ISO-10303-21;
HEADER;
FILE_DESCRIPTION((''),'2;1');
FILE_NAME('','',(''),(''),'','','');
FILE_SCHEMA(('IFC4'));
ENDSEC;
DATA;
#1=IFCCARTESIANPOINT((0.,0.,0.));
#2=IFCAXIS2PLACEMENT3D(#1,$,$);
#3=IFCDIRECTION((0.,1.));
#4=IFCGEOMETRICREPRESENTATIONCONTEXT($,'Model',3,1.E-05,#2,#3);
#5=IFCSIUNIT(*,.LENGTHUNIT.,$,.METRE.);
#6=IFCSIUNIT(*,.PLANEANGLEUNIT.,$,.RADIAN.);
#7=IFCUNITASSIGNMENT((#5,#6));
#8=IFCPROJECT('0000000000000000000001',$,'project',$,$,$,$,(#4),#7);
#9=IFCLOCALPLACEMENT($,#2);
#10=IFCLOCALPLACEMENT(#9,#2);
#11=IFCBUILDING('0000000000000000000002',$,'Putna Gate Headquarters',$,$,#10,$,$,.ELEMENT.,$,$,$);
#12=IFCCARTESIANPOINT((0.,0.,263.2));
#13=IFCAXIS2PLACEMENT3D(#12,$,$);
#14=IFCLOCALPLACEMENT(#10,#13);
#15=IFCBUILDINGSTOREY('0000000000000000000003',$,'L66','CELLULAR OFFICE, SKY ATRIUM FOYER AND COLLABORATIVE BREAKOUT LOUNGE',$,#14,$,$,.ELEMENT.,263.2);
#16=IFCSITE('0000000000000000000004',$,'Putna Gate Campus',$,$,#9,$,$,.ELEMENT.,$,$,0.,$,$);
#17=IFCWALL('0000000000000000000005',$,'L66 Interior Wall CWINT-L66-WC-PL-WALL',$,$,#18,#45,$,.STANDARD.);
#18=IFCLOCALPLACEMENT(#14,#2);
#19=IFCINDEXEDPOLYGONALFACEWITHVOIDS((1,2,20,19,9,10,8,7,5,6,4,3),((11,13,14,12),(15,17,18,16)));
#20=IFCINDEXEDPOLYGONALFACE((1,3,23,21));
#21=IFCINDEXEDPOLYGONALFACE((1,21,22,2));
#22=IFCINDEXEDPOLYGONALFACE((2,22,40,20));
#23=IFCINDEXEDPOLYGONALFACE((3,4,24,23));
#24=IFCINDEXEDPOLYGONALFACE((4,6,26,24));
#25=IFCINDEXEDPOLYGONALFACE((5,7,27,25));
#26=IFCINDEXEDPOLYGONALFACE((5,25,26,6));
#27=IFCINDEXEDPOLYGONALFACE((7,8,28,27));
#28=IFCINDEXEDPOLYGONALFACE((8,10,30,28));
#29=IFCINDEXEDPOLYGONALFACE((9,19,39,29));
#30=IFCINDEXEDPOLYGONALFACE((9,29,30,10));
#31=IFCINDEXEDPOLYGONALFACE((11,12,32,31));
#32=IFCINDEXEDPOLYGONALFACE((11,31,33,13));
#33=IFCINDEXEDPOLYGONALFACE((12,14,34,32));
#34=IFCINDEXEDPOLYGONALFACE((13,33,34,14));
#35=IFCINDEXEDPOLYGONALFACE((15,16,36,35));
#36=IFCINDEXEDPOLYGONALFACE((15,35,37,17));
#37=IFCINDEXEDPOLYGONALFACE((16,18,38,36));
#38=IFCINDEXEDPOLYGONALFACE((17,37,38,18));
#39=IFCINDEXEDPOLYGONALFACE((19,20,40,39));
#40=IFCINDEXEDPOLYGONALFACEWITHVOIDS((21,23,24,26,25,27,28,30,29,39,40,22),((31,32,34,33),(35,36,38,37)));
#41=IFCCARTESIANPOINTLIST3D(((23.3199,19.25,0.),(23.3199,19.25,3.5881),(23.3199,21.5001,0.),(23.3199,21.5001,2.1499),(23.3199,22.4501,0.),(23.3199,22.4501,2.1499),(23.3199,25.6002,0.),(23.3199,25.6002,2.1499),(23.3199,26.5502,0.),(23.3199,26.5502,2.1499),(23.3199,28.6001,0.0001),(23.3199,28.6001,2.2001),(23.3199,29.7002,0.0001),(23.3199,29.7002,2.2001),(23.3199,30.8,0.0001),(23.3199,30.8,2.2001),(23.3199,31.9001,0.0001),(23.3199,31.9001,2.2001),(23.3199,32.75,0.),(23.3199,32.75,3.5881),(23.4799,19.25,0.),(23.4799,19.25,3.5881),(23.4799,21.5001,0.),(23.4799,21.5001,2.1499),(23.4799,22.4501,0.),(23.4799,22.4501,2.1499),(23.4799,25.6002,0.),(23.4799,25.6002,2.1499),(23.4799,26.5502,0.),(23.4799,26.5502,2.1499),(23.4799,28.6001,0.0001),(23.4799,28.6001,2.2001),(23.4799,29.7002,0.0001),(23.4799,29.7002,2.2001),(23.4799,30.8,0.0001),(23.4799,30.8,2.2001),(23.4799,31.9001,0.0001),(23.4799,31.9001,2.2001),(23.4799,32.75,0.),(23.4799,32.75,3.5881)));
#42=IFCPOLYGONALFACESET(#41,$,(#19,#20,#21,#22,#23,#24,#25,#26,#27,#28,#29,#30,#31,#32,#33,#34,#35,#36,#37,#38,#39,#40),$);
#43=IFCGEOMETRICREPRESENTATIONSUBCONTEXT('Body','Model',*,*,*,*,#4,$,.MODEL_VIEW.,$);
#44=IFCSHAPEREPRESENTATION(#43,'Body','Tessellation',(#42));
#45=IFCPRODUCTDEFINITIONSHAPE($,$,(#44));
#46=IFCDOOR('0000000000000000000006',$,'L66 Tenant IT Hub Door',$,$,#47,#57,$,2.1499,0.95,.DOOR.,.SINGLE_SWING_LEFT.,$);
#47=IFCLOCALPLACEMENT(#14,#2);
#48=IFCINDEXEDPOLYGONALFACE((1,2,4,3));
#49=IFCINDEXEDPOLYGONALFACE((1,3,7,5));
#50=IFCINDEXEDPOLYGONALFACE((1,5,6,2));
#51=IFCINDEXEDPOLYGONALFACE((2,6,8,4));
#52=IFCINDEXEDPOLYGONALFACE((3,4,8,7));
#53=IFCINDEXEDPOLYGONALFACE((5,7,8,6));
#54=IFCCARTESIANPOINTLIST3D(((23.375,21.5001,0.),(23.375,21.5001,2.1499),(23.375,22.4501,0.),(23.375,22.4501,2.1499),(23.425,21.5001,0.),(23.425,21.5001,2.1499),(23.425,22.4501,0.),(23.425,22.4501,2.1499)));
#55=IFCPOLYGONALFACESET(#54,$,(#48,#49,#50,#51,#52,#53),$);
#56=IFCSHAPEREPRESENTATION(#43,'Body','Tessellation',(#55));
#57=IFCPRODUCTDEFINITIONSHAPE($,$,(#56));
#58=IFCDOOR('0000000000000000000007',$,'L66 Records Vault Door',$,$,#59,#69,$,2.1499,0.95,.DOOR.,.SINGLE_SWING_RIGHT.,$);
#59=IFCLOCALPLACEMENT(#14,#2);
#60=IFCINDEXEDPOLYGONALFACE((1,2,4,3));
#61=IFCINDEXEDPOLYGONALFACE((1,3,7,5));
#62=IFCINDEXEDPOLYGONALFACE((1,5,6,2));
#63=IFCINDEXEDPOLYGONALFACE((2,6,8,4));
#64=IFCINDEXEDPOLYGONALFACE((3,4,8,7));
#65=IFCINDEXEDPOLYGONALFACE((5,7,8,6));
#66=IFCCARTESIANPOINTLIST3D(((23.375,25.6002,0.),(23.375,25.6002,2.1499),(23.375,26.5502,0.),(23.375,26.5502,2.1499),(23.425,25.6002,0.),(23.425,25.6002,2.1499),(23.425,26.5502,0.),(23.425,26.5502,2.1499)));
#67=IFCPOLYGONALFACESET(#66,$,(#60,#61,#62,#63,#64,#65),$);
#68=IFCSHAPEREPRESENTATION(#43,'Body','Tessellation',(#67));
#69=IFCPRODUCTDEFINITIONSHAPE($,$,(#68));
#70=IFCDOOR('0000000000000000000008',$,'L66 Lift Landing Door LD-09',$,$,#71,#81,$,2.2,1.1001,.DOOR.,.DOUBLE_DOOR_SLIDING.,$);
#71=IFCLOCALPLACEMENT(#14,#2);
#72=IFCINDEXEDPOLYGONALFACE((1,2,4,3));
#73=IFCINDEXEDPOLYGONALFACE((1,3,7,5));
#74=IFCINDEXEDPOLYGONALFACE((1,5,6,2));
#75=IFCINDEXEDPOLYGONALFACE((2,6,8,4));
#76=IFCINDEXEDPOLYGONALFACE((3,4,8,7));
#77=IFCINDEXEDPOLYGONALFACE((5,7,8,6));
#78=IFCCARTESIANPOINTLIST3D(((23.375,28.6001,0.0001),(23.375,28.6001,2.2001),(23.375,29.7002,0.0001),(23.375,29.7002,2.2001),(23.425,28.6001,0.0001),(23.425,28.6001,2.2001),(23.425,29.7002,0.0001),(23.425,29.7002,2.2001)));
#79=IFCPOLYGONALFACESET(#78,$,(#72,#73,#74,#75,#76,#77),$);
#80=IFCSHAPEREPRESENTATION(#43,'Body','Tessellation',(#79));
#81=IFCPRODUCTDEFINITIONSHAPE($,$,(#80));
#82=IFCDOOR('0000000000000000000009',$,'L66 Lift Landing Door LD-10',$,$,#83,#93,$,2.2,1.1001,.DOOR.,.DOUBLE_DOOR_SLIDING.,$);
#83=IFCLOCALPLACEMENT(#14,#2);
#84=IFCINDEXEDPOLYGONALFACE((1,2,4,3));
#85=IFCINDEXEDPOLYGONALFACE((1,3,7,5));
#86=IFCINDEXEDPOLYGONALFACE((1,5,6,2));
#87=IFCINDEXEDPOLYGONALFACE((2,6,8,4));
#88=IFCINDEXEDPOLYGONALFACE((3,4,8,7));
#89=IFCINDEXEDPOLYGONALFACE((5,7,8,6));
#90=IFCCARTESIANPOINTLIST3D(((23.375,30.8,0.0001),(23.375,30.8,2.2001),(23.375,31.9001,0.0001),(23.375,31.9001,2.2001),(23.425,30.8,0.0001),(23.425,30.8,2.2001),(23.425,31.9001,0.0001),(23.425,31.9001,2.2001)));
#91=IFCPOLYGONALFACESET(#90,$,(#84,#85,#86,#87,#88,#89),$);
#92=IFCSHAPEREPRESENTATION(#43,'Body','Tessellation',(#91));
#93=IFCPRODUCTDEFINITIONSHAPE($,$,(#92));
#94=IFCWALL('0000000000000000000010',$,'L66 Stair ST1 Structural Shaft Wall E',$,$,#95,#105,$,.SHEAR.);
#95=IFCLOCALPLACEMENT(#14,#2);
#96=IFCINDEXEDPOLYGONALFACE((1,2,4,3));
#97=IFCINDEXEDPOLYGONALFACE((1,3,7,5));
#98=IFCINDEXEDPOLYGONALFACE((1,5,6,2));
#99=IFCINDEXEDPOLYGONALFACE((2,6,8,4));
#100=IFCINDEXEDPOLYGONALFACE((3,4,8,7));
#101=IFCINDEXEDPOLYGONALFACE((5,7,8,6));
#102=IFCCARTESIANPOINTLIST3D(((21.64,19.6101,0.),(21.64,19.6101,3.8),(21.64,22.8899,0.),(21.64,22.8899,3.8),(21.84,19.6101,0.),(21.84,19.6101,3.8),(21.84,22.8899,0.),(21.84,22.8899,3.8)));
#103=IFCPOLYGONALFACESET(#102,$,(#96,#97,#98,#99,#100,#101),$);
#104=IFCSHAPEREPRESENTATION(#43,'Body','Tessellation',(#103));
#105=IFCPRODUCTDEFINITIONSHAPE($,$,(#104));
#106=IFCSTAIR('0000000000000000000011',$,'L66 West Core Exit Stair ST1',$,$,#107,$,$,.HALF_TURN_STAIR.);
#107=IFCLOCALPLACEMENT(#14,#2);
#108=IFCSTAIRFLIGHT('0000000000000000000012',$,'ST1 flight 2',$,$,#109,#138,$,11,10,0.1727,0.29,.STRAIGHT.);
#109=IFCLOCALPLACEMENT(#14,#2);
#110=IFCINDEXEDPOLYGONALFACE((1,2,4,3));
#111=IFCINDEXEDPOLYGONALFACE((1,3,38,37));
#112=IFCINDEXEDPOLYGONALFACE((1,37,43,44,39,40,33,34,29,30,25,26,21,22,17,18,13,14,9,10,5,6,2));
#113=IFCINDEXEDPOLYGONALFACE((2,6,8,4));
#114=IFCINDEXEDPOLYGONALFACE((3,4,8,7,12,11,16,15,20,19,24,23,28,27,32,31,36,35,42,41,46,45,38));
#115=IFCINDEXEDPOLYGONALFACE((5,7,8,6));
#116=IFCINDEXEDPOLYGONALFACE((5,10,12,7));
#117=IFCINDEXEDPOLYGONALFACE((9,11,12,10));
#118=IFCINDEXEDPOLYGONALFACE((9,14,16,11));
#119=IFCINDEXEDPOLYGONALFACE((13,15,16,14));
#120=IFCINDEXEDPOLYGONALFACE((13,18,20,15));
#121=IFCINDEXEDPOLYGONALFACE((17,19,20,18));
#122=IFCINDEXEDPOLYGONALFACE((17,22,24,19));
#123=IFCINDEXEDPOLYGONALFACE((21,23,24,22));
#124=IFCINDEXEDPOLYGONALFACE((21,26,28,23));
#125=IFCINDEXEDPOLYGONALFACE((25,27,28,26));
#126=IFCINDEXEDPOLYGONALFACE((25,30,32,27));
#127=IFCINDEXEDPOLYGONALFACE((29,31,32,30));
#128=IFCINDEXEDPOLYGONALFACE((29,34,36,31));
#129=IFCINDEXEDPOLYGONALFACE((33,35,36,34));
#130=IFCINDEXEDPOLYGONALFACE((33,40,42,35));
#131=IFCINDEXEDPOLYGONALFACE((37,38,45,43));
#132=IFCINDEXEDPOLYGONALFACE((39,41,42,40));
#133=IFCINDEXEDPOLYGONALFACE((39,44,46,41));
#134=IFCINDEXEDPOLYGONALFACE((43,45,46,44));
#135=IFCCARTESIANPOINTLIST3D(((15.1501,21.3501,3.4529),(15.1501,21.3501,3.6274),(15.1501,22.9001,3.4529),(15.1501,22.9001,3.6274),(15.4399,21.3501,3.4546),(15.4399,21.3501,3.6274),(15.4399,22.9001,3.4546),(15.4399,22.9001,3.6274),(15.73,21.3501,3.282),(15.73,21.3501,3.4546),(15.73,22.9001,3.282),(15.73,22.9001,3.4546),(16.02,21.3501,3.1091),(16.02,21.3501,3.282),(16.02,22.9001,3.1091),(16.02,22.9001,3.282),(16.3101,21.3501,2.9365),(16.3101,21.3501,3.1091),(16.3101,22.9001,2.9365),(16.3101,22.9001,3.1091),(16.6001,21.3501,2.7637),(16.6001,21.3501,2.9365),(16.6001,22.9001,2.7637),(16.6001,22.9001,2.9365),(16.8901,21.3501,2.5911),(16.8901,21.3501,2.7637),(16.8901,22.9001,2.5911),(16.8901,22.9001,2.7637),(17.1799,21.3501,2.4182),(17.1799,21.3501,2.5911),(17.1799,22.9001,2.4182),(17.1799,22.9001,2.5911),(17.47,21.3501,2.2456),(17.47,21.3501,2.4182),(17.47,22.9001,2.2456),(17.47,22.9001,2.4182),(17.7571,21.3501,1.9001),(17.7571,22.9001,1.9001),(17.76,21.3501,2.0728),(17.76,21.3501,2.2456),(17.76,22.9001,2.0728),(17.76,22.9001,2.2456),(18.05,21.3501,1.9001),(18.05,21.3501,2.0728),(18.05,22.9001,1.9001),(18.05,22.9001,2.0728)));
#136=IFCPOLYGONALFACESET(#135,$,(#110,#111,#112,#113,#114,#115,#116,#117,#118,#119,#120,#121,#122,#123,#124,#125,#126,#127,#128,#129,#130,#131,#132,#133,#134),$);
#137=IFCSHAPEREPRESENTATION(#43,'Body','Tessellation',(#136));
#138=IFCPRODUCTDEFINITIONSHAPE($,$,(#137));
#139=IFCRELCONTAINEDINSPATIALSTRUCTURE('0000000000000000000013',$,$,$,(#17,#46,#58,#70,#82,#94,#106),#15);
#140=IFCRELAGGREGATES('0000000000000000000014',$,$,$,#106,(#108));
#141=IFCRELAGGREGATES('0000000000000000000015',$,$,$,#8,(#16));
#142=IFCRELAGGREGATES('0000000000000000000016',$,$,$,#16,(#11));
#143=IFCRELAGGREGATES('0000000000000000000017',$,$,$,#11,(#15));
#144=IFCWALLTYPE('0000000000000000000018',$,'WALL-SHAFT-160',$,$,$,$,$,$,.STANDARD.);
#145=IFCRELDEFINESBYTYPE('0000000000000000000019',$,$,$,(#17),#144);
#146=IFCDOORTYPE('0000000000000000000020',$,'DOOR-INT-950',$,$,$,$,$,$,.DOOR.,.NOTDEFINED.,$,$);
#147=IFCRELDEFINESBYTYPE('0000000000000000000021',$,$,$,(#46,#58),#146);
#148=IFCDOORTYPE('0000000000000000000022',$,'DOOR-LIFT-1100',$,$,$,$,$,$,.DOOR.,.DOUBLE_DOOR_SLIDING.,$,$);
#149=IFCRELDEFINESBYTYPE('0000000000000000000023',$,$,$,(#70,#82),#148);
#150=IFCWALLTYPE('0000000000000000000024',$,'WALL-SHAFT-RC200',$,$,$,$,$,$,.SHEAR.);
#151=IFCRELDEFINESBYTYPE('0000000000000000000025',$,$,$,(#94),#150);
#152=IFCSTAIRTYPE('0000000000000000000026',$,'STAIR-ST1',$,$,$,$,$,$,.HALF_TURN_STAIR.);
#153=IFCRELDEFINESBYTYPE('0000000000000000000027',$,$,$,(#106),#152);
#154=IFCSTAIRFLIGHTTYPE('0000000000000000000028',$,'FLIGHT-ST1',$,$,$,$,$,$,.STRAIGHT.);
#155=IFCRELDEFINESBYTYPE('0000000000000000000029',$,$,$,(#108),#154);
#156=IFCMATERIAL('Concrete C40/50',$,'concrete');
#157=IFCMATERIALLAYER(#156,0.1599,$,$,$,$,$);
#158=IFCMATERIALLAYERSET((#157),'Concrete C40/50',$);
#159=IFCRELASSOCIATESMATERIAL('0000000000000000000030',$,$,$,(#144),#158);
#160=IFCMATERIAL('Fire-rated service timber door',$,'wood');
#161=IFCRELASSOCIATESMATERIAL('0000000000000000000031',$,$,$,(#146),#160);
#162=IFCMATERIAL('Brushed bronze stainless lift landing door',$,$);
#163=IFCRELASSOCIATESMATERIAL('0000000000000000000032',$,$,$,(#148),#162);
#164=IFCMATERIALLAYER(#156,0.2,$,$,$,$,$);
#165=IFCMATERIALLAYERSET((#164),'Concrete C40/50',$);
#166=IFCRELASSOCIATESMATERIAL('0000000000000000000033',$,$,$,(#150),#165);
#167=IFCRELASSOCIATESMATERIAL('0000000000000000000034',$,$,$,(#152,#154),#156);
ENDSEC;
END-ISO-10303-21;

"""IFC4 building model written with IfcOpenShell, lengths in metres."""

from ifc_helpers import new_model, si_unit, direction, frame, frame_2d, origin, place, context, subcontext, project, spatial, polyline, rectangle, outline, extrude, material, layer, layer_set, type_object, element, fill, aggregate, save


model = new_model("IFC4")

# Units and contexts
model_context = context("Model", 3, precision=1e-05, world=origin(), true_north=direction((0.0, 1.0)))
body_context = subcontext(model_context, "Body", "Model", "MODEL_VIEW")
ifc_project = project(units=[si_unit("LENGTHUNIT", "METRE"), si_unit("PLANEANGLEUNIT", "RADIAN")], contexts=[model_context])

# Site, building, storey
site_placement = place(None, origin())
site = spatial("IfcSite", under=ifc_project, at=site_placement, Name="Putna Gate Campus", CompositionType="ELEMENT", RefElevation=0.0)
building_placement = place(site_placement, origin())
building = spatial("IfcBuilding", under=site, at=building_placement, Name="Putna Gate Headquarters", CompositionType="ELEMENT")
storey_placement = place(building_placement, frame((0.0, 0.0, 263.2)))
storey = spatial("IfcBuildingStorey", under=building, at=storey_placement, Name="L66", Description="CELLULAR OFFICE, SKY ATRIUM FOYER AND COLLABORATIVE BREAKOUT LOUNGE", CompositionType="ELEMENT", Elevation=263.2)

# Wall, openings, doors
ifc_material_1 = material(Name="Concrete C40/50", Category="concrete")
ifc_layer_1 = layer(ifc_material_1, 0.1599)
ifc_layer_set_1 = layer_set([ifc_layer_1], Name="Concrete C40/50")
wall_type_1 = type_object("IfcWallType", Name="WALL-SHAFT-160", PredefinedType="STANDARD", material=ifc_layer_set_1)
wall_1_placement = place(storey_placement, frame((23.3999, 19.25, 0.0), z_axis=(0.0, 0.0, 1.0), x_axis=(0.0, 1.0, 0.0)))
wall_1 = element("IfcWall", 1, at=wall_1_placement, inside=storey, type_object=wall_type_1, Name="L66 Interior Wall CWINT-L66-WC-PL-WALL", PredefinedType="STANDARD", context=body_context, shape_type="SweptSolid", body=[
    extrude(rectangle(XDim=13.5, YDim=0.1599, at=frame_2d((6.75, 0.0))), origin(), (0.0, 0.0, 1.0), 3.5881),
])
opening_1_placement = place(wall_1_placement, frame((2.25, 0.0, 0.0)))
opening_1 = element("IfcOpeningElement", 2, at=opening_1_placement, cuts=wall_1, PredefinedType="OPENING", context=body_context, shape_type="SweptSolid", body=[
    extrude(rectangle(XDim=0.95, YDim=2.1499, at=frame_2d((0.4751, 1.075))), frame((0.0, 0.0898, 0.0), z_axis=(0.0, -1.0, 0.0), x_axis=(1.0, 0.0, 0.0)), (0.0, 0.0, 1.0), 0.1799),
])
opening_2_placement = place(wall_1_placement, frame((6.3501, 0.0, 0.0)))
opening_2 = element("IfcOpeningElement", 3, at=opening_2_placement, cuts=wall_1, PredefinedType="OPENING", context=body_context, shape_type="SweptSolid", body=[
    extrude(rectangle(XDim=0.95, YDim=2.1499, at=frame_2d((0.4751, 1.075))), frame((0.0, 0.0898, 0.0), z_axis=(0.0, -1.0, 0.0), x_axis=(1.0, 0.0, 0.0)), (0.0, 0.0, 1.0), 0.1799),
])
opening_3_placement = place(wall_1_placement, frame((9.3501, 0.0, 0.0)))
opening_3 = element("IfcOpeningElement", 4, at=opening_3_placement, cuts=wall_1, PredefinedType="OPENING", context=body_context, shape_type="SweptSolid", body=[
    extrude(rectangle(XDim=1.1001, YDim=2.2, at=frame_2d((0.55, 1.1001))), frame((0.0, 0.0898, 0.0), z_axis=(0.0, -1.0, 0.0), x_axis=(1.0, 0.0, 0.0)), (0.0, 0.0, 1.0), 0.1799),
])
opening_4_placement = place(wall_1_placement, frame((11.55, 0.0, 0.0)))
opening_4 = element("IfcOpeningElement", 5, at=opening_4_placement, cuts=wall_1, PredefinedType="OPENING", context=body_context, shape_type="SweptSolid", body=[
    extrude(rectangle(XDim=1.1001, YDim=2.2, at=frame_2d((0.55, 1.1001))), frame((0.0, 0.0898, 0.0), z_axis=(0.0, -1.0, 0.0), x_axis=(1.0, 0.0, 0.0)), (0.0, 0.0, 1.0), 0.1799),
])
ifc_material_2 = material(Name="Fire-rated service timber door", Category="wood")
door_type_1 = type_object("IfcDoorType", Name="DOOR-INT-950", OperationType="NOTDEFINED", PredefinedType="DOOR", material=ifc_material_2)
door_1_placement = place(opening_1_placement, origin())
door_1 = element("IfcDoor", 6, at=door_1_placement, inside=storey, type_object=door_type_1, Name="L66 Tenant IT Hub Door", OperationType="SINGLE_SWING_LEFT", OverallHeight=2.1499, OverallWidth=0.95, PredefinedType="DOOR", context=body_context, shape_type="SweptSolid", body=[
    extrude(rectangle(XDim=0.95, YDim=2.1499, at=frame_2d((0.4751, 1.075))), frame((0.0, 0.0249, 0.0), z_axis=(0.0, -1.0, 0.0), x_axis=(1.0, 0.0, 0.0)), (0.0, 0.0, 1.0), 0.05),
])
fill(opening_1, door_1)
door_2_placement = place(opening_2_placement, origin())
door_2 = element("IfcDoor", 7, at=door_2_placement, inside=storey, type_object=door_type_1, Name="L66 Records Vault Door", OperationType="SINGLE_SWING_RIGHT", OverallHeight=2.1499, OverallWidth=0.95, PredefinedType="DOOR", context=body_context, shape_type="SweptSolid", body=[
    extrude(rectangle(XDim=0.95, YDim=2.1499, at=frame_2d((0.4751, 1.075))), frame((0.0, 0.0249, 0.0), z_axis=(0.0, -1.0, 0.0), x_axis=(1.0, 0.0, 0.0)), (0.0, 0.0, 1.0), 0.05),
])
fill(opening_2, door_2)
ifc_material_3 = material(Name="Brushed bronze stainless lift landing door")
door_type_2 = type_object("IfcDoorType", Name="DOOR-LIFT-1100", OperationType="DOUBLE_DOOR_SLIDING", PredefinedType="DOOR", material=ifc_material_3)
door_3_placement = place(opening_3_placement, origin())
door_3 = element("IfcDoor", 8, at=door_3_placement, inside=storey, type_object=door_type_2, Name="L66 Lift Landing Door LD-09", OperationType="DOUBLE_DOOR_SLIDING", OverallHeight=2.2, OverallWidth=1.1001, PredefinedType="DOOR", context=body_context, shape_type="SweptSolid", body=[
    extrude(rectangle(XDim=1.1001, YDim=2.2, at=frame_2d((0.55, 1.1001))), frame((0.0, 0.0249, 0.0), z_axis=(0.0, -1.0, 0.0), x_axis=(1.0, 0.0, 0.0)), (0.0, 0.0, 1.0), 0.05),
])
fill(opening_3, door_3)
door_4_placement = place(opening_4_placement, origin())
door_4 = element("IfcDoor", 9, at=door_4_placement, inside=storey, type_object=door_type_2, Name="L66 Lift Landing Door LD-10", OperationType="DOUBLE_DOOR_SLIDING", OverallHeight=2.2, OverallWidth=1.1001, PredefinedType="DOOR", context=body_context, shape_type="SweptSolid", body=[
    extrude(rectangle(XDim=1.1001, YDim=2.2, at=frame_2d((0.55, 1.1001))), frame((0.0, 0.0249, 0.0), z_axis=(0.0, -1.0, 0.0), x_axis=(1.0, 0.0, 0.0)), (0.0, 0.0, 1.0), 0.05),
])
fill(opening_4, door_4)

# Wall
ifc_layer_2 = layer(ifc_material_1, 0.2)
ifc_layer_set_2 = layer_set([ifc_layer_2], Name="Concrete C40/50")
wall_type_2 = type_object("IfcWallType", Name="WALL-SHAFT-RC200", PredefinedType="SHEAR", material=ifc_layer_set_2)
wall_2_placement = place(storey_placement, frame((21.74, 19.6101, 0.0), z_axis=(0.0, 0.0, 1.0), x_axis=(0.0, 1.0, 0.0)))
element("IfcWall", 10, at=wall_2_placement, inside=storey, type_object=wall_type_2, Name="L66 Stair ST1 Structural Shaft Wall E", PredefinedType="SHEAR", context=body_context, shape_type="SweptSolid", body=[
    extrude(rectangle(XDim=3.2798, YDim=0.2, at=frame_2d((1.6399, 0.0))), origin(), (0.0, 0.0, 1.0), 3.8),
])

# Stair, stair flight
stair_type = type_object("IfcStairType", Name="STAIR-ST1", PredefinedType="HALF_TURN_STAIR", material=ifc_material_1)
stair_placement = place(storey_placement, origin())
stair = element("IfcStair", 11, at=stair_placement, inside=storey, type_object=stair_type, Name="L66 West Core Exit Stair ST1", PredefinedType="HALF_TURN_STAIR")
stair_flight_type = type_object("IfcStairFlightType", Name="FLIGHT-ST1", PredefinedType="STRAIGHT", material=ifc_material_1)
stair_flight_placement = place(storey_placement, frame((18.05, 22.125, 1.9001), z_axis=(0.0, 0.0, 1.0), x_axis=(-1.0, 0.0, 0.0)))
stair_flight = element("IfcStairFlight", 12, at=stair_flight_placement, type_object=stair_flight_type, Name="ST1 flight 2", NumberOfRisers=11, NumberOfTreads=10, PredefinedType="STRAIGHT", RiserHeight=0.1727, TreadLength=0.29, context=body_context, shape_type="SweptSolid", body=[
    extrude(outline(polyline([(0.0, 0.0), (0.0, 0.1726), (0.29, 0.1726), (0.29, 0.3455), (0.5801, 0.3455), (0.5801, 0.5181), (0.8701, 0.5181), (0.8701, 0.6909), (1.1599, 0.6909), (1.1599, 0.8635), (1.45, 0.8635), (1.45, 1.0364), (1.74, 1.0364), (1.74, 1.209), (2.03, 1.209), (2.03, 1.3818), (2.3201, 1.3818), (2.3201, 1.5544), (2.6101, 1.5544), (2.6101, 1.7273), (2.8999, 1.7273), (2.8999, 1.8999), (2.8999, 1.5527), (0.293, 0.0), (0.0, 0.0)])), frame((0.0, 0.7749, 0.0), z_axis=(0.0, -1.0, 0.0), x_axis=(1.0, 0.0, 0.0)), (0.0, 0.0, 1.0), 1.55),
])
aggregate(stair, [stair_flight])

save(model, "model.ifc")
